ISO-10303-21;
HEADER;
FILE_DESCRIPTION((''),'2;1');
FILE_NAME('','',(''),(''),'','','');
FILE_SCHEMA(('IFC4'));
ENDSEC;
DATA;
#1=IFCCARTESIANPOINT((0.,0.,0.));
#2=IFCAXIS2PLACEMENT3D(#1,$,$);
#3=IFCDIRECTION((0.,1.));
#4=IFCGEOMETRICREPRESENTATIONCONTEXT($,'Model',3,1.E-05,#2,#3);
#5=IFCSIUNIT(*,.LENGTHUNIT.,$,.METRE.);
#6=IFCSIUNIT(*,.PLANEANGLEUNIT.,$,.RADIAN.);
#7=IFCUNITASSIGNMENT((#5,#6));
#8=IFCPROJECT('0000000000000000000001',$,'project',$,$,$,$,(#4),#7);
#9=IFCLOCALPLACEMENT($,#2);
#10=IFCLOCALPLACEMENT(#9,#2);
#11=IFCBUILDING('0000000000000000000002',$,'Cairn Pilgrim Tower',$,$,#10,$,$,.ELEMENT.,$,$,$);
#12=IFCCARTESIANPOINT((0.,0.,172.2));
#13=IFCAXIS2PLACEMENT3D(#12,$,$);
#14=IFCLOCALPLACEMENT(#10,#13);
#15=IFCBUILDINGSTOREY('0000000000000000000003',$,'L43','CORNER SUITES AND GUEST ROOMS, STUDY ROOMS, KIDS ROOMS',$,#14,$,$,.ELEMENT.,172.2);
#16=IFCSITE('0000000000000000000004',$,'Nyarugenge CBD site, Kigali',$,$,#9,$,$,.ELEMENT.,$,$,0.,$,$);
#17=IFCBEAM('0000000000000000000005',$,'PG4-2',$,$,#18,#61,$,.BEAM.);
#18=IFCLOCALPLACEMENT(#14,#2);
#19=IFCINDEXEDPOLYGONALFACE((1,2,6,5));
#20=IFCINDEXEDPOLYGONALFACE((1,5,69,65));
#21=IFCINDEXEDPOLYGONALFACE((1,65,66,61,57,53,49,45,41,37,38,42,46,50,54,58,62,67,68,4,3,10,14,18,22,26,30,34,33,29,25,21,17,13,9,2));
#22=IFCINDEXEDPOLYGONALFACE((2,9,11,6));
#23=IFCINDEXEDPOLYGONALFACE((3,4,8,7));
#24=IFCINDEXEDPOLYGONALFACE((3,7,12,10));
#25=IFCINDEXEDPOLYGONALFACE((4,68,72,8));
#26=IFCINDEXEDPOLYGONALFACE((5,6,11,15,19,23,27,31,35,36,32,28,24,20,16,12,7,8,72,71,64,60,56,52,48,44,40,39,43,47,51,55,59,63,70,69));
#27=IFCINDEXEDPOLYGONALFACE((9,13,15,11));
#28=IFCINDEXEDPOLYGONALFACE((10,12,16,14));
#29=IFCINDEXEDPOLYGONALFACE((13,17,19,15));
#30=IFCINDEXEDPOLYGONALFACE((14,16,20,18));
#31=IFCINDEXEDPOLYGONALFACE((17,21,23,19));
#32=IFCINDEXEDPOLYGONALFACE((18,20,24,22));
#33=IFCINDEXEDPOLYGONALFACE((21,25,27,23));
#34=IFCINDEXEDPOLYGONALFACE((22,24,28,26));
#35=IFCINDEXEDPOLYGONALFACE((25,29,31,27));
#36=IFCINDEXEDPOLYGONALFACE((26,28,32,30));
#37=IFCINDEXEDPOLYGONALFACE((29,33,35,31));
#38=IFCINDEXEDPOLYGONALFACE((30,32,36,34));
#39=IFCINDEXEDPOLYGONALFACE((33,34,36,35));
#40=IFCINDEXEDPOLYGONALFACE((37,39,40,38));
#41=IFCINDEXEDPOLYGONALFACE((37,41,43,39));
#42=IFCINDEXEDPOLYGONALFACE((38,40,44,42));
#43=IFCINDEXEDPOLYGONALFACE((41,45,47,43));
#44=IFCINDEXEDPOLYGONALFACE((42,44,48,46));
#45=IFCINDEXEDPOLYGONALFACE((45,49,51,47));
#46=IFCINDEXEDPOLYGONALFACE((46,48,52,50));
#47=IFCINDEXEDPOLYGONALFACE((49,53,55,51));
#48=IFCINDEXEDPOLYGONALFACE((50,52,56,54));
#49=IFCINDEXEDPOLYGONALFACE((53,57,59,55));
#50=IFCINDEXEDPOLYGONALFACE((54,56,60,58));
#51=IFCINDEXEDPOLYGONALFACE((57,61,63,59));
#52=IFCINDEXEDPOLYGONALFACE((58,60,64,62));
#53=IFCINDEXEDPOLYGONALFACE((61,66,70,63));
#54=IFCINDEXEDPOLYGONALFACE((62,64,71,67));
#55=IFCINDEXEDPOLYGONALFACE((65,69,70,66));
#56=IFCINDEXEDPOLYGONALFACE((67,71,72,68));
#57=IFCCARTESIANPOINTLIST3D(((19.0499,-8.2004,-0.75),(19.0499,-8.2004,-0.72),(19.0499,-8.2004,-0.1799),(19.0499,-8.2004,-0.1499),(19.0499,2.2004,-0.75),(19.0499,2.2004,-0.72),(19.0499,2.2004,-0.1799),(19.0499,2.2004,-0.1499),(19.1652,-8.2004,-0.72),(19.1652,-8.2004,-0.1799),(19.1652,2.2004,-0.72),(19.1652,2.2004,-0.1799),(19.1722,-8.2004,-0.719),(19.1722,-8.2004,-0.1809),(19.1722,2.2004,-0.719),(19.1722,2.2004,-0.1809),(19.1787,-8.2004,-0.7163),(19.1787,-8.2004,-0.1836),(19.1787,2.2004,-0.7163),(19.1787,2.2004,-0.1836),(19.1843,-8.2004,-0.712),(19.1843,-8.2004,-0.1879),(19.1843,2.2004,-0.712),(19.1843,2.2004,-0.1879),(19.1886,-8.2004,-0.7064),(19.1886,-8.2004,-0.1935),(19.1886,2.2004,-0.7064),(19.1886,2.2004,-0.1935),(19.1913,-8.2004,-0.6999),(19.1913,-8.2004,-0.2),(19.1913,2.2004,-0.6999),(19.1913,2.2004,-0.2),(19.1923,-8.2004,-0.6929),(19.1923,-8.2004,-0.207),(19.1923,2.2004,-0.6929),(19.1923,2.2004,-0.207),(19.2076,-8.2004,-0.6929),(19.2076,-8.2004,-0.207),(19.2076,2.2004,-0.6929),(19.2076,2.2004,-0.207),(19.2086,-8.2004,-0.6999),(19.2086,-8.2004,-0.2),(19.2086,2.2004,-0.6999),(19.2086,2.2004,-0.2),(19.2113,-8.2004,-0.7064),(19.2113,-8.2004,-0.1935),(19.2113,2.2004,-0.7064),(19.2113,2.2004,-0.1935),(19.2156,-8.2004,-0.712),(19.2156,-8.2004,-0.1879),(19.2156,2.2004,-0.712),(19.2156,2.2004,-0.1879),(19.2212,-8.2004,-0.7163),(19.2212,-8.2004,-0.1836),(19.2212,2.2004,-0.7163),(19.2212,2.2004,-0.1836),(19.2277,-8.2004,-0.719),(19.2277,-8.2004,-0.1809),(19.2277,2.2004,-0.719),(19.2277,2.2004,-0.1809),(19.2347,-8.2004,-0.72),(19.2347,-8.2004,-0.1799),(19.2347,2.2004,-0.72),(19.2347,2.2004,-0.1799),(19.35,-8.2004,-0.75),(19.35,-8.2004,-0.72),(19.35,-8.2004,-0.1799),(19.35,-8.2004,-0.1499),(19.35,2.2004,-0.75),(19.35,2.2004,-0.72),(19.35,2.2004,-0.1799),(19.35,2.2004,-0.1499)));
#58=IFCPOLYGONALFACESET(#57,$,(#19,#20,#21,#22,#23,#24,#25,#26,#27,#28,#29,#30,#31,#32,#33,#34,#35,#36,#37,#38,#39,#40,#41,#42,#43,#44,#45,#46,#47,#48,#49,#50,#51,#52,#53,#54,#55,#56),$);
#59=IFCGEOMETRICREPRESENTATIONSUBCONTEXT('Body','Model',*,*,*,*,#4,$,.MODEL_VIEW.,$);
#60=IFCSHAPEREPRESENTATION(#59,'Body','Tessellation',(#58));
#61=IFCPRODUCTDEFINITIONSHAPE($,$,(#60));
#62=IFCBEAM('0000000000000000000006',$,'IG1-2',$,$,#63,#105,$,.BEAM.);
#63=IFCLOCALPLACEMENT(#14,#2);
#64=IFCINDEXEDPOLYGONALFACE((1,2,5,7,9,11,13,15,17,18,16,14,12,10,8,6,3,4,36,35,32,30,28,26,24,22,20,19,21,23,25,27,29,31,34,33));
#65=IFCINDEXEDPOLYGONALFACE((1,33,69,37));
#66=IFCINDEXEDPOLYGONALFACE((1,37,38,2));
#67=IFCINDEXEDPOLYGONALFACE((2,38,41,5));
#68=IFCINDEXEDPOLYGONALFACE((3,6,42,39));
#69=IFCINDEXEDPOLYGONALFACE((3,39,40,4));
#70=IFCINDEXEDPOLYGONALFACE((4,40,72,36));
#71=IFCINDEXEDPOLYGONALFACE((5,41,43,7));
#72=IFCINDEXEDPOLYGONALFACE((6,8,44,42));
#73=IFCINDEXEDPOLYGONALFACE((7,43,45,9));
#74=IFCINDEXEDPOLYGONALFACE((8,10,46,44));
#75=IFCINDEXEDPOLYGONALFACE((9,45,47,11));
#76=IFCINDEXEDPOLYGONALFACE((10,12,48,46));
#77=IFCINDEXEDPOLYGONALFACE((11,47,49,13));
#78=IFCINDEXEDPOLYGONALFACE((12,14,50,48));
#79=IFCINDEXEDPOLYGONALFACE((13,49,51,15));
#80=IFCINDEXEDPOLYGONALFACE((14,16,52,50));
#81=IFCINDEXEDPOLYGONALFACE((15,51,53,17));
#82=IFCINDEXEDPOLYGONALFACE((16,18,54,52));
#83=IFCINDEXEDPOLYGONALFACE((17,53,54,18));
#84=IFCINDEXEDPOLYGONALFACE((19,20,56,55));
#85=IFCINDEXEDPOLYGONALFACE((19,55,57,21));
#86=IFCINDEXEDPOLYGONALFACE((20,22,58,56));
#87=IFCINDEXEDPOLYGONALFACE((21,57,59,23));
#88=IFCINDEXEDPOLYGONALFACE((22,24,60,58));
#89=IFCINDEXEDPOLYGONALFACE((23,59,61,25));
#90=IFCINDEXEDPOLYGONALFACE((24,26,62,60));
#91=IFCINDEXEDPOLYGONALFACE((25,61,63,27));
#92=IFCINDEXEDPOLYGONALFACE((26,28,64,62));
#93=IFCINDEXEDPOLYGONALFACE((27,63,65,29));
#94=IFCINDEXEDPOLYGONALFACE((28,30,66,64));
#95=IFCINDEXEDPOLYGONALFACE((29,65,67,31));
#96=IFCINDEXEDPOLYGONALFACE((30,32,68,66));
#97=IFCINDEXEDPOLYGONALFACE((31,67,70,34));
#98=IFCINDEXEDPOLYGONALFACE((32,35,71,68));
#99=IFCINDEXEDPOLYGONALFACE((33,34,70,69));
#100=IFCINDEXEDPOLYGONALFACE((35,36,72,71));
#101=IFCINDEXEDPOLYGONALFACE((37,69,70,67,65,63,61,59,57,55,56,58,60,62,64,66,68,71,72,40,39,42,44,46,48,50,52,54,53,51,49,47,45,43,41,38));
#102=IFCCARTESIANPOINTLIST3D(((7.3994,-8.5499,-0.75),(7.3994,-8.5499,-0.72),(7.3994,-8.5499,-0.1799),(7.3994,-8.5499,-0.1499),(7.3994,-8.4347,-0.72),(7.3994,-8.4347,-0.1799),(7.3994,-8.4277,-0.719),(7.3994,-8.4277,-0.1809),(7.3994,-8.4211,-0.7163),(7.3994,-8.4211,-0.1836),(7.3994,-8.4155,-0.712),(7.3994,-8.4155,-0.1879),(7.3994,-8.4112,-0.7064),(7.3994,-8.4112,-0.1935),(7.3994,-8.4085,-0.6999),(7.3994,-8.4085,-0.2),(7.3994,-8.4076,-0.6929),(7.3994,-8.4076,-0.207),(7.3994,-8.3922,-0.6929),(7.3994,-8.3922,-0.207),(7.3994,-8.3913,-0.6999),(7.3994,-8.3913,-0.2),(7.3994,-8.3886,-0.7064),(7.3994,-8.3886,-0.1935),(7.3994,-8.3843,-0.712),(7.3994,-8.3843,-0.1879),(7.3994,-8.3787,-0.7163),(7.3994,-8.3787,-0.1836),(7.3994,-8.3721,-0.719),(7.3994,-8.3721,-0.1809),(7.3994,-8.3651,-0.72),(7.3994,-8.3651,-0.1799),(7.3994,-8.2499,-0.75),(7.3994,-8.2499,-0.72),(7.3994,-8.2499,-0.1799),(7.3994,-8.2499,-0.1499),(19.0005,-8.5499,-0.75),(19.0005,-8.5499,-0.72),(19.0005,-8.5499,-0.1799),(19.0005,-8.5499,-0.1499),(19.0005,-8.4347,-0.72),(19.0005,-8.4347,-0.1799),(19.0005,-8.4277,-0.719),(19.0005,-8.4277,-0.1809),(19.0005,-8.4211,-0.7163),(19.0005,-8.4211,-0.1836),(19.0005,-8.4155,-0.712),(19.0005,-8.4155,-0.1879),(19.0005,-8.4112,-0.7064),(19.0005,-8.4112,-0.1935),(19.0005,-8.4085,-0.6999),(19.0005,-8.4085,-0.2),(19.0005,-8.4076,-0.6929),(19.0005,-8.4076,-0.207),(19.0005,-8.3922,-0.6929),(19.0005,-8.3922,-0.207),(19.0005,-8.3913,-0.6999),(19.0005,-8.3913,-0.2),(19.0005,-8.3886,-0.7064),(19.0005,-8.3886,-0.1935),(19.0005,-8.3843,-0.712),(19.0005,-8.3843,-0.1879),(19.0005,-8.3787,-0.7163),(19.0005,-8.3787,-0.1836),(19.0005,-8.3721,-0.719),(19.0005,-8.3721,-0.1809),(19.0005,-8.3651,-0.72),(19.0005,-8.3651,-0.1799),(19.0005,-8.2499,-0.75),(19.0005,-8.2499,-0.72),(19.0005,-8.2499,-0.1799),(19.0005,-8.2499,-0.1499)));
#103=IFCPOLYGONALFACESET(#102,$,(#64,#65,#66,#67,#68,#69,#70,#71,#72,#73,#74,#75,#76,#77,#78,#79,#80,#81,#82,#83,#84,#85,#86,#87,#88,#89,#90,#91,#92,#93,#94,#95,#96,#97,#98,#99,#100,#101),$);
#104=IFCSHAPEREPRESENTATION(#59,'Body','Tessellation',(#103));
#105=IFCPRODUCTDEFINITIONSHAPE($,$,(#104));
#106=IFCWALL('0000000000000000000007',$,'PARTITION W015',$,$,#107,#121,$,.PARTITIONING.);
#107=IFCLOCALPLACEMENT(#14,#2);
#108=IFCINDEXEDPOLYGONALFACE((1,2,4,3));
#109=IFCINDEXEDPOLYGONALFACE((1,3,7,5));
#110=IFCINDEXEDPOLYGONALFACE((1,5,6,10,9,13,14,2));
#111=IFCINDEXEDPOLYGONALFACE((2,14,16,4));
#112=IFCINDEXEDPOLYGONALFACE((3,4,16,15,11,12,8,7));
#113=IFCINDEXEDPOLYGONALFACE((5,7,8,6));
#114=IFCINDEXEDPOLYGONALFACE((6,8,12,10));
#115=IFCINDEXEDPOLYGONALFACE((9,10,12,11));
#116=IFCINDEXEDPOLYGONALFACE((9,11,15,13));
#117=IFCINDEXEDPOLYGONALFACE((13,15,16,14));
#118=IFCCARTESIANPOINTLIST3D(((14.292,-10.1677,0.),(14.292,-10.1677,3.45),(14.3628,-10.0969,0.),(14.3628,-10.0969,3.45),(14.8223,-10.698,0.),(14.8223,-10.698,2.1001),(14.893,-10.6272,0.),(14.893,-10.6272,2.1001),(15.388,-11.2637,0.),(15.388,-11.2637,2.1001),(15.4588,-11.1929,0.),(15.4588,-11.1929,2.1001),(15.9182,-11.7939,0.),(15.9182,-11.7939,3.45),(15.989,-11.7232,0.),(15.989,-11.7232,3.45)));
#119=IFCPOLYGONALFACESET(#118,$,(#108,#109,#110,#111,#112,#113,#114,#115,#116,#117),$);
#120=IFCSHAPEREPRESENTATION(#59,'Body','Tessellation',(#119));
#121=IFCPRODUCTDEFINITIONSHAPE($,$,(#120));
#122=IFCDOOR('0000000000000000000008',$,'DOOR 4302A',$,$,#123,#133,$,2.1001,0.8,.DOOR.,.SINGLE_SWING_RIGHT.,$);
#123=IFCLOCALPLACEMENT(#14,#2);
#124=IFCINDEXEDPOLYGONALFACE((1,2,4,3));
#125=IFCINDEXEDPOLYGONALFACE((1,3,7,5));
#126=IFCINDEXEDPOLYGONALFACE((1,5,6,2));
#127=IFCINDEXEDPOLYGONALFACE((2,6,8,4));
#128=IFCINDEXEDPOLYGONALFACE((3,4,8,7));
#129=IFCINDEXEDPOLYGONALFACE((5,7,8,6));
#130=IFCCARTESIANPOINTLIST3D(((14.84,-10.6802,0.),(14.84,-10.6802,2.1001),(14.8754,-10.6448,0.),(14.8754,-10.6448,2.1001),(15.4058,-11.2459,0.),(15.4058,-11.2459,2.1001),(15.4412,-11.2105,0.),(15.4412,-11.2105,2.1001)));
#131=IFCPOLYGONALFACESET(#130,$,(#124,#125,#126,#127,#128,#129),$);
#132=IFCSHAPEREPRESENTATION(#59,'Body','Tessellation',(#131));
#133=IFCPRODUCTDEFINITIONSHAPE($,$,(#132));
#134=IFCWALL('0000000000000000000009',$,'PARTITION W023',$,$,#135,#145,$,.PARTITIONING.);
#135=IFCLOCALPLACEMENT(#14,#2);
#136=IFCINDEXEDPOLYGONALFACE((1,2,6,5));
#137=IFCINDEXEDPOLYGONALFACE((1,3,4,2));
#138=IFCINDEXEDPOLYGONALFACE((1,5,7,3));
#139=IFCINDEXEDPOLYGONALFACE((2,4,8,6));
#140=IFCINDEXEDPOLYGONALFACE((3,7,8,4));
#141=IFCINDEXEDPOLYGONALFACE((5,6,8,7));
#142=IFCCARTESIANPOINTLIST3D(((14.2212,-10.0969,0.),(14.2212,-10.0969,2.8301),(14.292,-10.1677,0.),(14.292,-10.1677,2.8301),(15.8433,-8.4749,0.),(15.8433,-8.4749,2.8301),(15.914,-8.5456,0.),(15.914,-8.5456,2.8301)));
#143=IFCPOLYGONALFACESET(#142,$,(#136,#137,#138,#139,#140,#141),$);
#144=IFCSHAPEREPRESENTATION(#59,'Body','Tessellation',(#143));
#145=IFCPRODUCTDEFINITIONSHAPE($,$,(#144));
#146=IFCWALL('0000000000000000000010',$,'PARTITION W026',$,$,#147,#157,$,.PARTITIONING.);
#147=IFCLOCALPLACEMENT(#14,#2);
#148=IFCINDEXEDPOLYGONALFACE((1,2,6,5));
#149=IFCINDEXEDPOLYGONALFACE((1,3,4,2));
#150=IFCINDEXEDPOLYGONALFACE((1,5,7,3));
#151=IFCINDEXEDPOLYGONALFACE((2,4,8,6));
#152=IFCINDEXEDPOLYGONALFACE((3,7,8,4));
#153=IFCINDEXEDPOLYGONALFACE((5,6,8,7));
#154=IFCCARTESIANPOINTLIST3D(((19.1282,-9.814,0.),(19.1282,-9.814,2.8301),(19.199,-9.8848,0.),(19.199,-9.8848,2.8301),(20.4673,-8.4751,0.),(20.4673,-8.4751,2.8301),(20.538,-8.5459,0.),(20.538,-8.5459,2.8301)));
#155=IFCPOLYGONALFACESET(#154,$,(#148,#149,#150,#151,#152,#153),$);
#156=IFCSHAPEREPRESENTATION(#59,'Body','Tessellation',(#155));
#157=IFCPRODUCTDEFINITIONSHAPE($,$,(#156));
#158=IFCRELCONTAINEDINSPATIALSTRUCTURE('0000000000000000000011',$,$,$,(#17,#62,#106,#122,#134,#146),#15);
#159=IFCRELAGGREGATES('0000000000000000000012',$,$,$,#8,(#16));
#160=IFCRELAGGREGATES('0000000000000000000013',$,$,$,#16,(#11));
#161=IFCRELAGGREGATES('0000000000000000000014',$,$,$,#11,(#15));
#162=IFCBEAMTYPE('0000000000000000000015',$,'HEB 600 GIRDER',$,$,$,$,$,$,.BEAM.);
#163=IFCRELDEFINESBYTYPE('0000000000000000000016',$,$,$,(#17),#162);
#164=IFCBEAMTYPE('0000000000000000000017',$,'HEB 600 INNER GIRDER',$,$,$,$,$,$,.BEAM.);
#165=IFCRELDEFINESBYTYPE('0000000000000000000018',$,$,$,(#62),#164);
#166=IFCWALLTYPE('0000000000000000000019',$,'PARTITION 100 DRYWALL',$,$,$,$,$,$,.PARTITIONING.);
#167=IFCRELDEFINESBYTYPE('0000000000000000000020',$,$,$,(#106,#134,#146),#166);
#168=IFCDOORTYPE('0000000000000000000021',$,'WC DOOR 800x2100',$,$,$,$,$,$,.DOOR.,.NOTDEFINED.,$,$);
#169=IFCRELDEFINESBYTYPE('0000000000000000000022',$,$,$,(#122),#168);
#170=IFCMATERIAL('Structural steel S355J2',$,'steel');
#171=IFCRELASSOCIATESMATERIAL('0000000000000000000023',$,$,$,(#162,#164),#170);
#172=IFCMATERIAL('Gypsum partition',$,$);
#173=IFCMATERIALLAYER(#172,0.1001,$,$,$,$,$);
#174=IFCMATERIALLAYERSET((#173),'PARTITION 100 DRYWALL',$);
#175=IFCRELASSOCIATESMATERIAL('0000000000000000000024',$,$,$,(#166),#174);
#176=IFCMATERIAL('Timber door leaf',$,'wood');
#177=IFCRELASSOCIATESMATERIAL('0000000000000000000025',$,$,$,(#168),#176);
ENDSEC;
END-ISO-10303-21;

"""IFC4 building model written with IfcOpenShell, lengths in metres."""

from ifc_helpers import new_model, si_unit, direction, frame, frame_2d, origin, origin_2d, place, context, subcontext, project, spatial, rectangle, i_section, extrude, material, layer, layer_set, material_profile, profile_set, type_object, element, fill, save


model = new_model("IFC4")

# Units and contexts
model_context = context("Model", 3, precision=1e-05, world=origin(), true_north=direction((0.0, 1.0)))
body_context = subcontext(model_context, "Body", "Model", "MODEL_VIEW")
ifc_project = project(units=[si_unit("LENGTHUNIT", "METRE"), si_unit("PLANEANGLEUNIT", "RADIAN")], contexts=[model_context])

# Site, building, storey
site_placement = place(None, origin())
site = spatial("IfcSite", under=ifc_project, at=site_placement, Name="Nyarugenge CBD site, Kigali", CompositionType="ELEMENT", RefElevation=0.0)
building_placement = place(site_placement, origin())
building = spatial("IfcBuilding", under=site, at=building_placement, Name="Cairn Pilgrim Tower", CompositionType="ELEMENT")
storey_placement = place(building_placement, frame((0.0, 0.0, 172.2)))
storey = spatial("IfcBuildingStorey", under=building, at=storey_placement, Name="L43", Description="CORNER SUITES AND GUEST ROOMS, STUDY ROOMS, KIDS ROOMS", CompositionType="ELEMENT", Elevation=172.2)

# Shared definitions
ifc_material_1 = material(Name="Structural steel S355J2", Category="steel")

# Beams
ifc_material_profile_1 = material_profile(ifc_material_1, i_section(OverallWidth=0.3, OverallDepth=0.6001, WebThickness=0.0154, FlangeThickness=0.03, FilletRadius=0.0271, at=origin_2d()), Name="HEB 600")
ifc_profile_set_1 = profile_set([ifc_material_profile_1], Name="Structural steel S355J2")
beam_type_1 = type_object("IfcBeamType", Name="HEB 600 GIRDER", PredefinedType="BEAM", material=ifc_profile_set_1)
beam_1_placement = place(storey_placement, frame((19.2, -8.2004, -0.45), z_axis=(0.0, 1.0, 0.0), x_axis=(-1.0, 0.0, 0.0)))
element("IfcBeam", 1, at=beam_1_placement, inside=storey, type_object=beam_type_1, Name="PG4-2", PredefinedType="BEAM", context=body_context, shape_type="SweptSolid", body=[
    extrude(i_section(OverallWidth=0.3, OverallDepth=0.6001, WebThickness=0.0154, FlangeThickness=0.03, FilletRadius=0.0271, at=origin_2d()), origin(), (0.0, 0.0, 1.0), 10.4009),
])
ifc_material_profile_2 = material_profile(ifc_material_1, i_section(OverallWidth=0.3, OverallDepth=0.6001, WebThickness=0.0154, FlangeThickness=0.03, FilletRadius=0.0271, at=origin_2d()), Name="HEB 600")
ifc_profile_set_2 = profile_set([ifc_material_profile_2], Name="Structural steel S355J2")
beam_type_2 = type_object("IfcBeamType", Name="HEB 600 INNER GIRDER", PredefinedType="BEAM", material=ifc_profile_set_2)
beam_2_placement = place(storey_placement, frame((7.3994, -8.3999, -0.45), z_axis=(1.0, 0.0, 0.0), x_axis=(0.0, 1.0, 0.0)))
element("IfcBeam", 2, at=beam_2_placement, inside=storey, type_object=beam_type_2, Name="IG1-2", PredefinedType="BEAM", context=body_context, shape_type="SweptSolid", body=[
    extrude(i_section(OverallWidth=0.3, OverallDepth=0.6001, WebThickness=0.0154, FlangeThickness=0.03, FilletRadius=0.0271, at=origin_2d()), origin(), (0.0, 0.0, 1.0), 11.6011),
])

# Wall, opening, door
ifc_material_2 = material(Name="Gypsum partition")
ifc_layer_1 = layer(ifc_material_2, 0.1001)
ifc_layer_set_1 = layer_set([ifc_layer_1], Name="PARTITION 100 DRYWALL")
wall_type_1 = type_object("IfcWallType", Name="PARTITION 100 DRYWALL", PredefinedType="PARTITIONING", material=ifc_layer_set_1)
wall_1_placement = place(storey_placement, frame((15.9536, -11.7585, 0.0), z_axis=(0.0, 0.0, 1.0), x_axis=(-0.707107, 0.707107, 0.0)))
wall_1 = element("IfcWall", 3, at=wall_1_placement, inside=storey, type_object=wall_type_1, Name="PARTITION W015", PredefinedType="PARTITIONING", context=body_context, shape_type="SweptSolid", body=[
    extrude(rectangle(XDim=2.2998, YDim=0.1001, at=frame_2d((1.1499, 0.0))), origin(), (0.0, 0.0, 1.0), 3.45),
])
opening_1_placement = place(wall_1_placement, frame((0.75, 0.0, 0.0)))
opening_1 = element("IfcOpeningElement", 4, at=opening_1_placement, cuts=wall_1, PredefinedType="OPENING", context=body_context, shape_type="SweptSolid", body=[
    extrude(rectangle(XDim=0.8, YDim=2.1001, at=frame_2d((0.3999, 1.05))), frame((0.0, 0.0601, 0.0), z_axis=(0.0, -1.0, 0.0), x_axis=(1.0, 0.0, 0.0)), (0.0, 0.0, 1.0), 0.1201),
])
ifc_material_3 = material(Name="Timber door leaf", Category="wood")
door_type_1 = type_object("IfcDoorType", Name="WC DOOR 800x2100", OperationType="NOTDEFINED", PredefinedType="DOOR", material=ifc_material_3)
door_1_placement = place(opening_1_placement, origin())
door_1 = element("IfcDoor", 5, at=door_1_placement, inside=storey, type_object=door_type_1, Name="DOOR 4302A", OperationType="SINGLE_SWING_RIGHT", OverallHeight=2.1001, OverallWidth=0.8, PredefinedType="DOOR", context=body_context, shape_type="SweptSolid", body=[
    extrude(rectangle(XDim=0.8, YDim=2.1001, at=frame_2d((0.3999, 1.05))), frame((0.0, 0.0249, 0.0), z_axis=(0.0, -1.0, 0.0), x_axis=(1.0, 0.0, 0.0)), (0.0, 0.0, 1.0), 0.05),
])
fill(opening_1, door_1)

# Walls
wall_2_placement = place(storey_placement, frame((14.2566, -10.1323, 0.0), z_axis=(0.0, 0.0, 1.0), x_axis=(0.707107, 0.707107, 0.0)))
element("IfcWall", 6, at=wall_2_placement, inside=storey, type_object=wall_type_1, Name="PARTITION W023", PredefinedType="PARTITIONING", context=body_context, shape_type="SweptSolid", body=[
    extrude(rectangle(XDim=2.2939, YDim=0.1001, at=frame_2d((1.147, 0.0))), origin(), (0.0, 0.0, 1.0), 2.8301),
])
wall_3_placement = place(storey_placement, frame((19.1636, -9.8494, 0.0), z_axis=(0.0, 0.0, 1.0), x_axis=(0.707171, 0.707042, 0.0)))
element("IfcWall", 7, at=wall_3_placement, inside=storey, type_object=wall_type_1, Name="PARTITION W026", PredefinedType="PARTITIONING", context=body_context, shape_type="SweptSolid", body=[
    extrude(rectangle(XDim=1.8936, YDim=0.1001, at=frame_2d((0.9468, 0.0))), origin(), (0.0, 0.0, 1.0), 2.8301),
])

save(model, "model.ifc")
